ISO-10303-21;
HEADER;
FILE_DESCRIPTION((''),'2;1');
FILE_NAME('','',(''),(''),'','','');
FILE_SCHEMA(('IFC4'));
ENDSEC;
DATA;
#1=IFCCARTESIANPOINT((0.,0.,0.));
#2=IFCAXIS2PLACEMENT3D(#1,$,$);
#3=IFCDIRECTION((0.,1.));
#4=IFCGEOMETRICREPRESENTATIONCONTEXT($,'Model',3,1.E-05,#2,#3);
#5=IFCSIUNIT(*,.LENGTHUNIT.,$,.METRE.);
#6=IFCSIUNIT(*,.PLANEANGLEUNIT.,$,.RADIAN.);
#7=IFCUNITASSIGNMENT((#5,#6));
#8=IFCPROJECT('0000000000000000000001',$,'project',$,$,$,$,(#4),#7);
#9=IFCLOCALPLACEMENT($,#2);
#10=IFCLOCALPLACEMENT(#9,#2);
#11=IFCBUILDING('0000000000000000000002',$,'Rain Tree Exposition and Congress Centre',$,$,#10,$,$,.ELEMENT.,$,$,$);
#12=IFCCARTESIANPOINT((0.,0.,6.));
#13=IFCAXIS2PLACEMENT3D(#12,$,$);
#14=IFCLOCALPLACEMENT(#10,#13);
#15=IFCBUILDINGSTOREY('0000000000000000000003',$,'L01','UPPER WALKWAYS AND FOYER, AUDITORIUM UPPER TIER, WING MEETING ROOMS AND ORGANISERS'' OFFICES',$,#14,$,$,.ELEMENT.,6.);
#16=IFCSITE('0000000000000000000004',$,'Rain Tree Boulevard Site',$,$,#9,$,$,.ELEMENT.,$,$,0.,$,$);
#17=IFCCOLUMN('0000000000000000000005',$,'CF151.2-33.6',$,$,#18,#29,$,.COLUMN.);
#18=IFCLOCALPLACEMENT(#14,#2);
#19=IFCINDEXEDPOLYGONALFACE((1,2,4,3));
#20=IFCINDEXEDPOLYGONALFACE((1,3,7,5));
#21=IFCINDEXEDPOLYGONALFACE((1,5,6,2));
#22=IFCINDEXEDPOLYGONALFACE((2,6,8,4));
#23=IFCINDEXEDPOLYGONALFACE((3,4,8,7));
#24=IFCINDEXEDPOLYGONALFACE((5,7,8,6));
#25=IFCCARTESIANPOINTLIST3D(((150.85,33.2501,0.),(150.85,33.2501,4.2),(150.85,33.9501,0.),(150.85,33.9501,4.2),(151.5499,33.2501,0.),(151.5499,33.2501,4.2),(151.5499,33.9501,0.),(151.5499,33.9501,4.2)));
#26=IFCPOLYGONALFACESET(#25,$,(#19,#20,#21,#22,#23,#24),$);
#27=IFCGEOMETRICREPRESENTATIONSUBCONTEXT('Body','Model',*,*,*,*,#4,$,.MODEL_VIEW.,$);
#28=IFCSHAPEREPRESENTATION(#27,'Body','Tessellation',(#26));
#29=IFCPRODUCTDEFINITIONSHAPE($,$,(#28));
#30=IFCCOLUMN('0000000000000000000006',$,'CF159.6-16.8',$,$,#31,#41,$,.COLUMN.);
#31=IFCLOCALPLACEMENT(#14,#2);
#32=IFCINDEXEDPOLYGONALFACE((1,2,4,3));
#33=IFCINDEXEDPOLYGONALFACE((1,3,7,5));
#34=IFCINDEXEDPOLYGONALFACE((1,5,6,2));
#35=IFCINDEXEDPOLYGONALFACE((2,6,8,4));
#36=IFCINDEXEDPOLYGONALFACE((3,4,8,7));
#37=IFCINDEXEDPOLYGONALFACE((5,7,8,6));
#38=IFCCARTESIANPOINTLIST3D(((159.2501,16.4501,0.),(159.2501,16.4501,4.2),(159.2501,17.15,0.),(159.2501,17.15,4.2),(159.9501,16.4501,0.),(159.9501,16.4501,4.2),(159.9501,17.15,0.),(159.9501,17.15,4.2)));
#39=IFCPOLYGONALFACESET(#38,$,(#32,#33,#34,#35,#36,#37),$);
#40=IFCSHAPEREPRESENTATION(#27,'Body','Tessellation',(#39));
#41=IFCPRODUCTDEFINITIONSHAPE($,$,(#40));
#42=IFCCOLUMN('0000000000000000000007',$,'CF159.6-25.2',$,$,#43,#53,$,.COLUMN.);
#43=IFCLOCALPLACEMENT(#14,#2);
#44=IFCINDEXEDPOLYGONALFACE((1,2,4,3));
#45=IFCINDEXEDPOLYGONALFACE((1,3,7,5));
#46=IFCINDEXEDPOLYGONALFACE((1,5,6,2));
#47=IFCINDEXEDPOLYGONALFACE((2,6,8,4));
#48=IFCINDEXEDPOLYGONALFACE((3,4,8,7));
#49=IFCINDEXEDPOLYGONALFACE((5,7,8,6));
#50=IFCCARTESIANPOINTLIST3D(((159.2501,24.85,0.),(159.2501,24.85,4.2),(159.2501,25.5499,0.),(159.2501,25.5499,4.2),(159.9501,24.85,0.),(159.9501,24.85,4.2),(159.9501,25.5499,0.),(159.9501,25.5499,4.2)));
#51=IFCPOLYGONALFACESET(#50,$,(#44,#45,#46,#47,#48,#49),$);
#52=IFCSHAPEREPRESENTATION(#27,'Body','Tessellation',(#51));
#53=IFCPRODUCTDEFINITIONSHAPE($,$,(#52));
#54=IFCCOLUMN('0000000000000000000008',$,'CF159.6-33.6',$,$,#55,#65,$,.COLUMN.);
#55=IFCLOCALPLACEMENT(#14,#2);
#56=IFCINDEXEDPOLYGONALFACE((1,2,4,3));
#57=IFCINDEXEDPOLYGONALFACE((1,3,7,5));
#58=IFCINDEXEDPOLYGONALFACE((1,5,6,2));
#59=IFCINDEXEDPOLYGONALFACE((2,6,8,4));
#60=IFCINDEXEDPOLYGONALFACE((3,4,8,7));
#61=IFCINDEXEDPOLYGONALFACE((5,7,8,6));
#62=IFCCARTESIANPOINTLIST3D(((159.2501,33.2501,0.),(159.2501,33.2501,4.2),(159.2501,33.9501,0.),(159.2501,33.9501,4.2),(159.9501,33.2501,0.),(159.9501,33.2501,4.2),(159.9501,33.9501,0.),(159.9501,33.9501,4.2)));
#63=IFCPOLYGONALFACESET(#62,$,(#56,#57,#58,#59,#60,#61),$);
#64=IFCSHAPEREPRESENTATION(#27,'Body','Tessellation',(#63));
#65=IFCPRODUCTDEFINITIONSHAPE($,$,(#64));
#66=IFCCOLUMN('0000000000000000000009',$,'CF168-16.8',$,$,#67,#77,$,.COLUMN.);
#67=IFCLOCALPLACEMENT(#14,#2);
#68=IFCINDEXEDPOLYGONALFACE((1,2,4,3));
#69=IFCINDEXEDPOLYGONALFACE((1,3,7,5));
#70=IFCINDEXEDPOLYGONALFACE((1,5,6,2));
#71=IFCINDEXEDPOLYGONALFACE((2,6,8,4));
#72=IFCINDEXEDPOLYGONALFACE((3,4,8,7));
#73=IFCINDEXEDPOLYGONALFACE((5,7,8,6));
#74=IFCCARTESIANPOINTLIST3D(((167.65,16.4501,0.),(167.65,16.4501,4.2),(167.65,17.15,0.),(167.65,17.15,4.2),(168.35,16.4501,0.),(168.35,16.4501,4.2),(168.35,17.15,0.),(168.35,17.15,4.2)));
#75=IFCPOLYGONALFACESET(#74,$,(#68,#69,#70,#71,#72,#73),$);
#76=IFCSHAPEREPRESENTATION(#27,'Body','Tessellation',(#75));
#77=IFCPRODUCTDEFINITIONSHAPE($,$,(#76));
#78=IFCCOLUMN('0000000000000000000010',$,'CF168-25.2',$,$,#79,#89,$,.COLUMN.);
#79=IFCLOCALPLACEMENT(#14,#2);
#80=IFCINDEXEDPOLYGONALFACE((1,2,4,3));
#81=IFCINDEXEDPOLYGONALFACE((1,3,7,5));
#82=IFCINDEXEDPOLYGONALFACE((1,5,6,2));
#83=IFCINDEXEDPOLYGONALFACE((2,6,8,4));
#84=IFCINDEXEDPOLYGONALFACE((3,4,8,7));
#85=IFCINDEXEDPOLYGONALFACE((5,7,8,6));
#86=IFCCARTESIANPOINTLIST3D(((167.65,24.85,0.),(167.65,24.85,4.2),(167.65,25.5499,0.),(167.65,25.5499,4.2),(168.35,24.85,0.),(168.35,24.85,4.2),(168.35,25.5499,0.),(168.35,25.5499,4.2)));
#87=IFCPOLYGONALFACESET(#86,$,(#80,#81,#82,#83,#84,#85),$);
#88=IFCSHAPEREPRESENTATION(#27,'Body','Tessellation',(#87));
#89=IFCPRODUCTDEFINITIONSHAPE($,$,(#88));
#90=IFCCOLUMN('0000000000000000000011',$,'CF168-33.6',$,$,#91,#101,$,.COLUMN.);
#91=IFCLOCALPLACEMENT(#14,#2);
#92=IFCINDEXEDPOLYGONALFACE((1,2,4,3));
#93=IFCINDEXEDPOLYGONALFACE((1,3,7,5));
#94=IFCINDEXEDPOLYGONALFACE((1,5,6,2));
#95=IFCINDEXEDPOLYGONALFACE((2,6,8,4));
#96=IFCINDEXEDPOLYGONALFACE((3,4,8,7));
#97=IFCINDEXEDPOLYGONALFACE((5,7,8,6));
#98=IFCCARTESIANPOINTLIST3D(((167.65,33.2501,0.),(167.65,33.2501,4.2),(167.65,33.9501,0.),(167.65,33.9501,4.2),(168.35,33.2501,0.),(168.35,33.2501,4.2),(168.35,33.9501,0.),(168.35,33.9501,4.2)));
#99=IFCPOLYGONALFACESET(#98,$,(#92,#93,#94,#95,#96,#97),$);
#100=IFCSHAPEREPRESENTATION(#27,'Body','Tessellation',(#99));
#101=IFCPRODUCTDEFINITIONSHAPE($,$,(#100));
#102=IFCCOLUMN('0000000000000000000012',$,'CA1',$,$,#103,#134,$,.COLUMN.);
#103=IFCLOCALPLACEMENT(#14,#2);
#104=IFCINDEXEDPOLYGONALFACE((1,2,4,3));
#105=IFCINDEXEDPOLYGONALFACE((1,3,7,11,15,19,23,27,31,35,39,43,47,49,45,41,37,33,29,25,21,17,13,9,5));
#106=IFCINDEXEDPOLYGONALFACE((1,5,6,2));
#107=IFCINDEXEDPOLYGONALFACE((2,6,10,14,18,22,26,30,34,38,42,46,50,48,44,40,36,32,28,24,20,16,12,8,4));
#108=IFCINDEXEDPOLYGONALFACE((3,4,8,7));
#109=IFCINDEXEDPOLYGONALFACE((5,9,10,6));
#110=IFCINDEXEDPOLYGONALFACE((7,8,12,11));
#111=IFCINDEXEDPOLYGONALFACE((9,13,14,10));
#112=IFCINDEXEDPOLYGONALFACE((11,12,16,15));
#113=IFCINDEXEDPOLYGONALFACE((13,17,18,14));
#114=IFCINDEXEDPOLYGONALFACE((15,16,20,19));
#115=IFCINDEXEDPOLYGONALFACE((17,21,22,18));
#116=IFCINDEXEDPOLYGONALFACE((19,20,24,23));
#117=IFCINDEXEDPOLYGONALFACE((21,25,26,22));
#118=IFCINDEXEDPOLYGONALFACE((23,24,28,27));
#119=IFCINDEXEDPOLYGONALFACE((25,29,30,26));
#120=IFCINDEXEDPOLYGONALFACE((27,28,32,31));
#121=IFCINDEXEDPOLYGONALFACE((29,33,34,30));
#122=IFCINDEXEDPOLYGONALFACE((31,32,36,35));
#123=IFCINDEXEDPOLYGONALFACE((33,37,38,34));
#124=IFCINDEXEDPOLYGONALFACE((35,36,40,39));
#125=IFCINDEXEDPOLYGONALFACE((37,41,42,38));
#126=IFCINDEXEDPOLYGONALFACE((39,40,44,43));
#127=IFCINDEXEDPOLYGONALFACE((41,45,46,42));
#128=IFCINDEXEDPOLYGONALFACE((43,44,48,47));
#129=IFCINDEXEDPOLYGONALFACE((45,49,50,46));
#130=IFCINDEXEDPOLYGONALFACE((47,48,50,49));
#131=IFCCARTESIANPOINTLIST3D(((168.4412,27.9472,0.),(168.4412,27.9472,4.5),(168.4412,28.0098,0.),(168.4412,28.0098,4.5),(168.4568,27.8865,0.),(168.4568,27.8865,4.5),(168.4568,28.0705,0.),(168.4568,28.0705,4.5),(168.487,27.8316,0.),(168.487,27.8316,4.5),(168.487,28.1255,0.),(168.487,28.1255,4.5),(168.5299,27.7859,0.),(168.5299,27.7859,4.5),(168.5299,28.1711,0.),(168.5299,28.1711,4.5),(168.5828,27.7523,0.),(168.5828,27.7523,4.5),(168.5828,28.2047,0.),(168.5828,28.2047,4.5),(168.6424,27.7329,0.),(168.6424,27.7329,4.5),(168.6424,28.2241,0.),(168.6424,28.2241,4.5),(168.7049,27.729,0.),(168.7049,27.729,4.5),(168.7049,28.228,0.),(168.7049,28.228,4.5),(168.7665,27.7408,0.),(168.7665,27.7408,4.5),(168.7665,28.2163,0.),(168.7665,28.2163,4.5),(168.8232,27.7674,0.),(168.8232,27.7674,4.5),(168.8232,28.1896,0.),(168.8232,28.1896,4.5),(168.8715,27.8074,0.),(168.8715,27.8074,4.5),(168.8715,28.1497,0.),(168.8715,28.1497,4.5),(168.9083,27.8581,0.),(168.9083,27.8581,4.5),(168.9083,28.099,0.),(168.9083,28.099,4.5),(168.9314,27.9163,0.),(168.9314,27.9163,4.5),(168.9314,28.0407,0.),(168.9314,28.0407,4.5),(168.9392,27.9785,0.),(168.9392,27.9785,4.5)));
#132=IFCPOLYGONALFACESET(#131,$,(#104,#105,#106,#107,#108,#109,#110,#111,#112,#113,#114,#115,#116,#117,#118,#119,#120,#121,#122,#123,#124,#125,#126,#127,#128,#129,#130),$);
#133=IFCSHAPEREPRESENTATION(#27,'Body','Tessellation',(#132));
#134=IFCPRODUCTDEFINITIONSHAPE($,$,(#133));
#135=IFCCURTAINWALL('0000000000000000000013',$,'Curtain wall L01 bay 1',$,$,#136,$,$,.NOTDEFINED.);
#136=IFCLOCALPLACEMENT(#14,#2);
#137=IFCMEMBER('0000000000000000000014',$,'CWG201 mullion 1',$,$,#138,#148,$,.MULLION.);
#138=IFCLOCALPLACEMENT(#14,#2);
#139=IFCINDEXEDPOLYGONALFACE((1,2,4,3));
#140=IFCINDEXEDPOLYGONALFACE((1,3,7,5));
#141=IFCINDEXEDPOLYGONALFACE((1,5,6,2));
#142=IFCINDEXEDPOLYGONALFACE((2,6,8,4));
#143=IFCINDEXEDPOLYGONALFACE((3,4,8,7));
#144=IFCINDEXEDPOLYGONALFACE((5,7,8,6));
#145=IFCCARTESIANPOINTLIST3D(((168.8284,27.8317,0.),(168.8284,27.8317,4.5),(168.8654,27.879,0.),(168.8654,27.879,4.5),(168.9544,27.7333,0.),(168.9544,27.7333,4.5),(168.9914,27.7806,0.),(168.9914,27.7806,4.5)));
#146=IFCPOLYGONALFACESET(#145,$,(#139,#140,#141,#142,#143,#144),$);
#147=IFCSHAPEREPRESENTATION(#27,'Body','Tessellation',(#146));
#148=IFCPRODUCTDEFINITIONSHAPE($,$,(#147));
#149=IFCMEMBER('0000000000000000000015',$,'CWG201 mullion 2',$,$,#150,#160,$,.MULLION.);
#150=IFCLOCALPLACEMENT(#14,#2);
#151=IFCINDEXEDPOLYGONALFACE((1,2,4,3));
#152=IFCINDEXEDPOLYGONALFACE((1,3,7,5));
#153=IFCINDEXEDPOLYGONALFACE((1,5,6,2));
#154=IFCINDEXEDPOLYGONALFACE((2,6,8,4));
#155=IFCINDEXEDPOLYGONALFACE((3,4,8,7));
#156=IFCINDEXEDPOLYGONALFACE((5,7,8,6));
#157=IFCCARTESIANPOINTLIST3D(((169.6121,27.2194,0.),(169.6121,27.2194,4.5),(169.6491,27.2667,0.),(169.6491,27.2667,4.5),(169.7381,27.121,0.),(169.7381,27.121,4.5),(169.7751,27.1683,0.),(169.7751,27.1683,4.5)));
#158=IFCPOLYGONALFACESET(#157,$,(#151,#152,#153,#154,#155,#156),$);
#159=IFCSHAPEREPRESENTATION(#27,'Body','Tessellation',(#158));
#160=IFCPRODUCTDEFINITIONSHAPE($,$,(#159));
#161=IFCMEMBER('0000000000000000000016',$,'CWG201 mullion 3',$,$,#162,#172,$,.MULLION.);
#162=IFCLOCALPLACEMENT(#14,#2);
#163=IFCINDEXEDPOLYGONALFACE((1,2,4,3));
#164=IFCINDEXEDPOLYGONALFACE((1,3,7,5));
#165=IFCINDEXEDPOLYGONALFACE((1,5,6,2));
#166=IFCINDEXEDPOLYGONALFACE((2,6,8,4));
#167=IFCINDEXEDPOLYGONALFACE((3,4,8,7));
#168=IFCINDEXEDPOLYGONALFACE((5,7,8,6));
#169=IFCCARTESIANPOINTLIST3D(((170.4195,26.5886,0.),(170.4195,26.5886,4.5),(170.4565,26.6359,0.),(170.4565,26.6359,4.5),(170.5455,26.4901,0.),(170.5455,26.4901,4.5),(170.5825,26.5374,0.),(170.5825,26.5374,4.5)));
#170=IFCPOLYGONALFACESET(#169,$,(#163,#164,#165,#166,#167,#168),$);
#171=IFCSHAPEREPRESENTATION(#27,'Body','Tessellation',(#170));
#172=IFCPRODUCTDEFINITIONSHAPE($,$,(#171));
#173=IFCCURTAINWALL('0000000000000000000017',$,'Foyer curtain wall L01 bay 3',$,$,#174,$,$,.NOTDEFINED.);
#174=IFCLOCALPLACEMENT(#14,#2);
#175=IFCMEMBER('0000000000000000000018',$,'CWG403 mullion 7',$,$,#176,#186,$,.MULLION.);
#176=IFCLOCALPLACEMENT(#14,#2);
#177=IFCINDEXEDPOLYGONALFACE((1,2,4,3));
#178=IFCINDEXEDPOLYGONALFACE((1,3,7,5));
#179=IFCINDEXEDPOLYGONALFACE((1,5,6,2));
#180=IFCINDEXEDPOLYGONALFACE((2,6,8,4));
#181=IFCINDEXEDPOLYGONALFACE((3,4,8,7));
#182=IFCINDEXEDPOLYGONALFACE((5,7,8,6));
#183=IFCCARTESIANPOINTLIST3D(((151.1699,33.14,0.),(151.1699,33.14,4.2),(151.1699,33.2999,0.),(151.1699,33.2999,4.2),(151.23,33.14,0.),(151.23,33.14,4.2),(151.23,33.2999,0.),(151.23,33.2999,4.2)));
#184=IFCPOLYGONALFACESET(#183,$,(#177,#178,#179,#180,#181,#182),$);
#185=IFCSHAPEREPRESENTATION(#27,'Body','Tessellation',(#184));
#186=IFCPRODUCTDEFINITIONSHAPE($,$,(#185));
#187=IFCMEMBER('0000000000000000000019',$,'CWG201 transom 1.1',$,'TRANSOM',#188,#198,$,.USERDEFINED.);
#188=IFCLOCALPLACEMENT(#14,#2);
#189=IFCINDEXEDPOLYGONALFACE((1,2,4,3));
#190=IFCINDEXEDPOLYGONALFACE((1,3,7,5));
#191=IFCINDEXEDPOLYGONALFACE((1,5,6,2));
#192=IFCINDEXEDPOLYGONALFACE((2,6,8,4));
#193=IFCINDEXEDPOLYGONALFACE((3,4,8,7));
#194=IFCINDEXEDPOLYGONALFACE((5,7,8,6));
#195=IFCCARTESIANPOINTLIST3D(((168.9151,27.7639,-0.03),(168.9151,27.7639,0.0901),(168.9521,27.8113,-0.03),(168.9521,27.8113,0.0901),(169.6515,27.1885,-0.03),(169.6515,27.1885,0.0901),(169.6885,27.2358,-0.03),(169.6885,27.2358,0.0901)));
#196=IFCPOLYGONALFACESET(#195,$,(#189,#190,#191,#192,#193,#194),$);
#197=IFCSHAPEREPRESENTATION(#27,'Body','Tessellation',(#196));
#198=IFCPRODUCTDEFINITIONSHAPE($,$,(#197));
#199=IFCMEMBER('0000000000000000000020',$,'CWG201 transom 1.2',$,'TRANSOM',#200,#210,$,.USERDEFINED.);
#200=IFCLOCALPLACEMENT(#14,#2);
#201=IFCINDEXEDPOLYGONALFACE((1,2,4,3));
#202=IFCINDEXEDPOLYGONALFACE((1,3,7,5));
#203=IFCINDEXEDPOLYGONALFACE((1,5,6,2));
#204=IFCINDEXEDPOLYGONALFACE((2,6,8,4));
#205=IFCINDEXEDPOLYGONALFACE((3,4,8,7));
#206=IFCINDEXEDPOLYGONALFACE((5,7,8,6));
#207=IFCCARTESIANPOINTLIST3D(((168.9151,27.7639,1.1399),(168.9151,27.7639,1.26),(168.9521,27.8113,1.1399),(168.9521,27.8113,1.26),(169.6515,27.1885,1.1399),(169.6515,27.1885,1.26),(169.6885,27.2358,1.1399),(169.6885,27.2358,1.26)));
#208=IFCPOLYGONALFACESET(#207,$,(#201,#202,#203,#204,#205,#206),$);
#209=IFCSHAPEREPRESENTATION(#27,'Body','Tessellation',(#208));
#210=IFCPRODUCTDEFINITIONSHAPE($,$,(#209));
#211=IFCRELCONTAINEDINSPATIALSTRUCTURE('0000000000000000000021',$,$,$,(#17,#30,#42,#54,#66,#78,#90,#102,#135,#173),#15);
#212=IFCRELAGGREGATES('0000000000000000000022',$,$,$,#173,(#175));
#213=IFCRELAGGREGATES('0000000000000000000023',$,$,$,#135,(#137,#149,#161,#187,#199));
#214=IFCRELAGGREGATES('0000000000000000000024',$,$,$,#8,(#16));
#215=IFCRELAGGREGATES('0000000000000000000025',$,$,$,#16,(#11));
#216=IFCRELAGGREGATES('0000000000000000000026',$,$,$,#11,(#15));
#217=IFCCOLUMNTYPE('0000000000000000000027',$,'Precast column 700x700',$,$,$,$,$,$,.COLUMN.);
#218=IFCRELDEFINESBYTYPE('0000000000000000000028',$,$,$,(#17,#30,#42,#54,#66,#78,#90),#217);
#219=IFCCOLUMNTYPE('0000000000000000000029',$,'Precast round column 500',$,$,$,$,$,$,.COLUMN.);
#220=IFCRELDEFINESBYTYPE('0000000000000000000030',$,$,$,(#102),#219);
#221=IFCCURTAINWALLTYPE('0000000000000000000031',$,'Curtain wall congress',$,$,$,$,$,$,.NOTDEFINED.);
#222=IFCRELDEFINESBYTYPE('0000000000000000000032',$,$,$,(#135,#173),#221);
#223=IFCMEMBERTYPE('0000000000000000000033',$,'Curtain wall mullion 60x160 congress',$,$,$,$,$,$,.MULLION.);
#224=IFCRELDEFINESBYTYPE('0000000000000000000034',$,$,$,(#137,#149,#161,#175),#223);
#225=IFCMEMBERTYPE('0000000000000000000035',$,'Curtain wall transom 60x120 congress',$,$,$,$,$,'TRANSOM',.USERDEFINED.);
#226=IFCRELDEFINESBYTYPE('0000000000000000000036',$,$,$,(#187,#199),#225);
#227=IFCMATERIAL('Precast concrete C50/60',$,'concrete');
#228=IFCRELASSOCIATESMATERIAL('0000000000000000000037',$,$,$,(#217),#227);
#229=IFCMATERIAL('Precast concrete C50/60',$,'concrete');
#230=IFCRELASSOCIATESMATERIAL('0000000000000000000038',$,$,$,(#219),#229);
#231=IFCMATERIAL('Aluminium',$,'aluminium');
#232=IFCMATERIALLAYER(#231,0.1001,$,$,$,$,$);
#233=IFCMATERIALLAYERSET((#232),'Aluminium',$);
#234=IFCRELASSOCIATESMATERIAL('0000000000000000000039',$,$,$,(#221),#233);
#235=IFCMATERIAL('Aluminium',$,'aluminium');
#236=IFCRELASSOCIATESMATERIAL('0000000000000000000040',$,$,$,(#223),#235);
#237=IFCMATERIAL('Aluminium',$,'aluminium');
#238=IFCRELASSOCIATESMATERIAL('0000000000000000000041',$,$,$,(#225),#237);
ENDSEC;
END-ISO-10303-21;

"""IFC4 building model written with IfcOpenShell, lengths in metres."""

from ifc_helpers import new_model, si_unit, direction, frame, origin, origin_2d, place, context, subcontext, project, spatial, rectangle, circle, extrude, material, layer, layer_set, material_profile, profile_set, type_object, element, aggregate, save


model = new_model("IFC4")

# Units and contexts
model_context = context("Model", 3, precision=1e-05, world=origin(), true_north=direction((0.0, 1.0)))
body_context = subcontext(model_context, "Body", "Model", "MODEL_VIEW")
ifc_project = project(units=[si_unit("LENGTHUNIT", "METRE"), si_unit("PLANEANGLEUNIT", "RADIAN")], contexts=[model_context])

# Site, building, storey
site_placement = place(None, origin())
site = spatial("IfcSite", under=ifc_project, at=site_placement, Name="Rain Tree Boulevard Site", CompositionType="ELEMENT", RefElevation=0.0)
building_placement = place(site_placement, origin())
building = spatial("IfcBuilding", under=site, at=building_placement, Name="Rain Tree Exposition and Congress Centre", CompositionType="ELEMENT")
storey_placement = place(building_placement, frame((0.0, 0.0, 6.0)))
storey = spatial("IfcBuildingStorey", under=building, at=storey_placement, Name="L01", Description="UPPER WALKWAYS AND FOYER, AUDITORIUM UPPER TIER, WING MEETING ROOMS AND ORGANISERS' OFFICES", CompositionType="ELEMENT", Elevation=6.0)

# Columns
ifc_material_1 = material(Name="Precast concrete C50/60", Category="concrete")
ifc_material_profile_1 = material_profile(ifc_material_1, rectangle(XDim=0.7, YDim=0.7, at=origin_2d()), Name="RC 700x700")
ifc_profile_set_1 = profile_set([ifc_material_profile_1], Name="Precast concrete C50/60")
column_type_1 = type_object("IfcColumnType", Name="Precast column 700x700", PredefinedType="COLUMN", material=ifc_profile_set_1)
for number, where, z_axis, x_axis, name in (
    (1, (151.2, 33.6001, 0.0), (0.0, 0.0, 1.0), (1.0, 0.0, 0.0), "CF151.2-33.6"),
    (2, (159.6001, 16.8, 0.0), (0.0, 0.0, 1.0), (1.0, 0.0, 0.0), "CF159.6-16.8"),
    (3, (159.6001, 25.2, 0.0), (0.0, 0.0, 1.0), (1.0, 0.0, 0.0), "CF159.6-25.2"),
    (4, (159.6001, 33.6001, 0.0), (0.0, 0.0, 1.0), (1.0, 0.0, 0.0), "CF159.6-33.6"),
    (5, (168.0, 16.8, 0.0), (0.0, 0.0, 1.0), (1.0, 0.0, 0.0), "CF168-16.8"),
    (6, (168.0, 25.2, 0.0), (0.0, 0.0, 1.0), (1.0, 0.0, 0.0), "CF168-25.2"),
    (7, (168.0, 33.6001, 0.0), (0.0, 0.0, 1.0), (1.0, 0.0, 0.0), "CF168-33.6"),
):
    element("IfcColumn", number, at=place(storey_placement, frame(where, z_axis=z_axis, x_axis=x_axis)), inside=storey, type_object=column_type_1, Name=name, PredefinedType="COLUMN", context=body_context, shape_type="SweptSolid", body=[
        extrude(rectangle(XDim=0.7, YDim=0.7, at=origin_2d()), origin(), (0.0, 0.0, 1.0), 4.2),
    ])
ifc_material_2 = material(Name="Precast concrete C50/60", Category="concrete")
ifc_material_profile_2 = material_profile(ifc_material_2, circle(Radius=0.25, at=origin_2d()), Name="RC D500")
ifc_profile_set_2 = profile_set([ifc_material_profile_2], Name="Precast concrete C50/60")
column_type_2 = type_object("IfcColumnType", Name="Precast round column 500", PredefinedType="COLUMN", material=ifc_profile_set_2)
column_placement = place(storey_placement, frame((168.6892, 27.9785, 0.0), z_axis=(0.0, 0.0, 1.0), x_axis=(1.0, 0.0, 0.0)))
element("IfcColumn", 8, at=column_placement, inside=storey, type_object=column_type_2, Name="CA1", PredefinedType="COLUMN", context=body_context, shape_type="SweptSolid", body=[
    extrude(circle(Radius=0.25, at=origin_2d()), origin(), (0.0, 0.0, 1.0), 4.5),
])

# Curtain wall, members
ifc_material_3 = material(Name="Aluminium", Category="aluminium")
ifc_layer_1 = layer(ifc_material_3, 0.1001)
ifc_layer_set_1 = layer_set([ifc_layer_1], Name="Aluminium")
curtain_wall_type = type_object("IfcCurtainWallType", Name="Curtain wall congress", PredefinedType="NOTDEFINED", material=ifc_layer_set_1)
curtain_wall_1_placement = place(storey_placement, origin())
curtain_wall_1 = element("IfcCurtainWall", 9, at=curtain_wall_1_placement, inside=storey, type_object=curtain_wall_type, Name="Curtain wall L01 bay 1", PredefinedType="NOTDEFINED")
ifc_material_4 = material(Name="Aluminium", Category="aluminium")
ifc_material_profile_3 = material_profile(ifc_material_4, rectangle(XDim=0.0601, YDim=0.1599, at=origin_2d()), Name="AL 60x160")
ifc_profile_set_3 = profile_set([ifc_material_profile_3], Name="Aluminium")
member_type_1 = type_object("IfcMemberType", Name="Curtain wall mullion 60x160 congress", PredefinedType="MULLION", material=ifc_profile_set_3)
member_1_placement = place(storey_placement, frame((168.9099, 27.8062, 0.0), z_axis=(0.0, 0.0, 1.0), x_axis=(0.615671, 0.788003, 0.0)))
member_1 = element("IfcMember", 10, at=member_1_placement, type_object=member_type_1, Name="CWG201 mullion 1", PredefinedType="MULLION", context=body_context, shape_type="SweptSolid", body=[
    extrude(rectangle(XDim=0.0601, YDim=0.1599, at=origin_2d()), origin(), (0.0, 0.0, 1.0), 4.5),
])
member_2_placement = place(storey_placement, frame((169.6936, 27.1938, 0.0), z_axis=(0.0, 0.0, 1.0), x_axis=(0.615671, 0.788003, 0.0)))
member_2 = element("IfcMember", 11, at=member_2_placement, type_object=member_type_1, Name="CWG201 mullion 2", PredefinedType="MULLION", context=body_context, shape_type="SweptSolid", body=[
    extrude(rectangle(XDim=0.0601, YDim=0.1599, at=origin_2d()), origin(), (0.0, 0.0, 1.0), 4.5),
])
member_3_placement = place(storey_placement, frame((170.501, 26.563, 0.0), z_axis=(0.0, 0.0, 1.0), x_axis=(0.615671, 0.788003, 0.0)))
member_3 = element("IfcMember", 12, at=member_3_placement, type_object=member_type_1, Name="CWG201 mullion 3", PredefinedType="MULLION", context=body_context, shape_type="SweptSolid", body=[
    extrude(rectangle(XDim=0.0601, YDim=0.1599, at=origin_2d()), origin(), (0.0, 0.0, 1.0), 4.5),
])

# Curtain wall, member
curtain_wall_2_placement = place(storey_placement, origin())
curtain_wall_2 = element("IfcCurtainWall", 13, at=curtain_wall_2_placement, inside=storey, type_object=curtain_wall_type, Name="Foyer curtain wall L01 bay 3", PredefinedType="NOTDEFINED")
member_4_placement = place(storey_placement, frame((151.2, 33.22, 0.0), z_axis=(0.0, 0.0, 1.0), x_axis=(-1.0, 0.0, 0.0)))
member_4 = element("IfcMember", 14, at=member_4_placement, type_object=member_type_1, Name="CWG403 mullion 7", PredefinedType="MULLION", context=body_context, shape_type="SweptSolid", body=[
    extrude(rectangle(XDim=0.0601, YDim=0.1599, at=origin_2d()), origin(), (0.0, 0.0, 1.0), 4.2),
])
aggregate(curtain_wall_2, [member_4])

# Members
ifc_material_5 = material(Name="Aluminium", Category="aluminium")
ifc_material_profile_4 = material_profile(ifc_material_5, rectangle(XDim=0.0601, YDim=0.1201, at=origin_2d()), Name="AL 60x120")
ifc_profile_set_4 = profile_set([ifc_material_profile_4], Name="Aluminium")
member_type_2 = type_object("IfcMemberType", Name="Curtain wall transom 60x120 congress", ElementType="TRANSOM", PredefinedType="USERDEFINED", material=ifc_profile_set_4)
member_5_placement = place(storey_placement, frame((168.9336, 27.7876, 0.03), z_axis=(0.787929, -0.615766, 0.0), x_axis=(0.615766, 0.787929, 0.0)))
member_5 = element("IfcMember", 15, at=member_5_placement, type_object=member_type_2, Name="CWG201 transom 1.1", ObjectType="TRANSOM", PredefinedType="USERDEFINED", context=body_context, shape_type="SweptSolid", body=[
    extrude(rectangle(XDim=0.0601, YDim=0.1201, at=origin_2d()), origin(), (0.0, 0.0, 1.0), 0.9346),
])
member_6_placement = place(storey_placement, frame((168.9336, 27.7876, 1.2), z_axis=(0.787929, -0.615766, 0.0), x_axis=(0.615766, 0.787929, 0.0)))
member_6 = element("IfcMember", 16, at=member_6_placement, type_object=member_type_2, Name="CWG201 transom 1.2", ObjectType="TRANSOM", PredefinedType="USERDEFINED", context=body_context, shape_type="SweptSolid", body=[
    extrude(rectangle(XDim=0.0601, YDim=0.1201, at=origin_2d()), origin(), (0.0, 0.0, 1.0), 0.9346),
])

aggregate(curtain_wall_1, [member_1, member_2, member_3, member_5, member_6])

save(model, "model.ifc")
